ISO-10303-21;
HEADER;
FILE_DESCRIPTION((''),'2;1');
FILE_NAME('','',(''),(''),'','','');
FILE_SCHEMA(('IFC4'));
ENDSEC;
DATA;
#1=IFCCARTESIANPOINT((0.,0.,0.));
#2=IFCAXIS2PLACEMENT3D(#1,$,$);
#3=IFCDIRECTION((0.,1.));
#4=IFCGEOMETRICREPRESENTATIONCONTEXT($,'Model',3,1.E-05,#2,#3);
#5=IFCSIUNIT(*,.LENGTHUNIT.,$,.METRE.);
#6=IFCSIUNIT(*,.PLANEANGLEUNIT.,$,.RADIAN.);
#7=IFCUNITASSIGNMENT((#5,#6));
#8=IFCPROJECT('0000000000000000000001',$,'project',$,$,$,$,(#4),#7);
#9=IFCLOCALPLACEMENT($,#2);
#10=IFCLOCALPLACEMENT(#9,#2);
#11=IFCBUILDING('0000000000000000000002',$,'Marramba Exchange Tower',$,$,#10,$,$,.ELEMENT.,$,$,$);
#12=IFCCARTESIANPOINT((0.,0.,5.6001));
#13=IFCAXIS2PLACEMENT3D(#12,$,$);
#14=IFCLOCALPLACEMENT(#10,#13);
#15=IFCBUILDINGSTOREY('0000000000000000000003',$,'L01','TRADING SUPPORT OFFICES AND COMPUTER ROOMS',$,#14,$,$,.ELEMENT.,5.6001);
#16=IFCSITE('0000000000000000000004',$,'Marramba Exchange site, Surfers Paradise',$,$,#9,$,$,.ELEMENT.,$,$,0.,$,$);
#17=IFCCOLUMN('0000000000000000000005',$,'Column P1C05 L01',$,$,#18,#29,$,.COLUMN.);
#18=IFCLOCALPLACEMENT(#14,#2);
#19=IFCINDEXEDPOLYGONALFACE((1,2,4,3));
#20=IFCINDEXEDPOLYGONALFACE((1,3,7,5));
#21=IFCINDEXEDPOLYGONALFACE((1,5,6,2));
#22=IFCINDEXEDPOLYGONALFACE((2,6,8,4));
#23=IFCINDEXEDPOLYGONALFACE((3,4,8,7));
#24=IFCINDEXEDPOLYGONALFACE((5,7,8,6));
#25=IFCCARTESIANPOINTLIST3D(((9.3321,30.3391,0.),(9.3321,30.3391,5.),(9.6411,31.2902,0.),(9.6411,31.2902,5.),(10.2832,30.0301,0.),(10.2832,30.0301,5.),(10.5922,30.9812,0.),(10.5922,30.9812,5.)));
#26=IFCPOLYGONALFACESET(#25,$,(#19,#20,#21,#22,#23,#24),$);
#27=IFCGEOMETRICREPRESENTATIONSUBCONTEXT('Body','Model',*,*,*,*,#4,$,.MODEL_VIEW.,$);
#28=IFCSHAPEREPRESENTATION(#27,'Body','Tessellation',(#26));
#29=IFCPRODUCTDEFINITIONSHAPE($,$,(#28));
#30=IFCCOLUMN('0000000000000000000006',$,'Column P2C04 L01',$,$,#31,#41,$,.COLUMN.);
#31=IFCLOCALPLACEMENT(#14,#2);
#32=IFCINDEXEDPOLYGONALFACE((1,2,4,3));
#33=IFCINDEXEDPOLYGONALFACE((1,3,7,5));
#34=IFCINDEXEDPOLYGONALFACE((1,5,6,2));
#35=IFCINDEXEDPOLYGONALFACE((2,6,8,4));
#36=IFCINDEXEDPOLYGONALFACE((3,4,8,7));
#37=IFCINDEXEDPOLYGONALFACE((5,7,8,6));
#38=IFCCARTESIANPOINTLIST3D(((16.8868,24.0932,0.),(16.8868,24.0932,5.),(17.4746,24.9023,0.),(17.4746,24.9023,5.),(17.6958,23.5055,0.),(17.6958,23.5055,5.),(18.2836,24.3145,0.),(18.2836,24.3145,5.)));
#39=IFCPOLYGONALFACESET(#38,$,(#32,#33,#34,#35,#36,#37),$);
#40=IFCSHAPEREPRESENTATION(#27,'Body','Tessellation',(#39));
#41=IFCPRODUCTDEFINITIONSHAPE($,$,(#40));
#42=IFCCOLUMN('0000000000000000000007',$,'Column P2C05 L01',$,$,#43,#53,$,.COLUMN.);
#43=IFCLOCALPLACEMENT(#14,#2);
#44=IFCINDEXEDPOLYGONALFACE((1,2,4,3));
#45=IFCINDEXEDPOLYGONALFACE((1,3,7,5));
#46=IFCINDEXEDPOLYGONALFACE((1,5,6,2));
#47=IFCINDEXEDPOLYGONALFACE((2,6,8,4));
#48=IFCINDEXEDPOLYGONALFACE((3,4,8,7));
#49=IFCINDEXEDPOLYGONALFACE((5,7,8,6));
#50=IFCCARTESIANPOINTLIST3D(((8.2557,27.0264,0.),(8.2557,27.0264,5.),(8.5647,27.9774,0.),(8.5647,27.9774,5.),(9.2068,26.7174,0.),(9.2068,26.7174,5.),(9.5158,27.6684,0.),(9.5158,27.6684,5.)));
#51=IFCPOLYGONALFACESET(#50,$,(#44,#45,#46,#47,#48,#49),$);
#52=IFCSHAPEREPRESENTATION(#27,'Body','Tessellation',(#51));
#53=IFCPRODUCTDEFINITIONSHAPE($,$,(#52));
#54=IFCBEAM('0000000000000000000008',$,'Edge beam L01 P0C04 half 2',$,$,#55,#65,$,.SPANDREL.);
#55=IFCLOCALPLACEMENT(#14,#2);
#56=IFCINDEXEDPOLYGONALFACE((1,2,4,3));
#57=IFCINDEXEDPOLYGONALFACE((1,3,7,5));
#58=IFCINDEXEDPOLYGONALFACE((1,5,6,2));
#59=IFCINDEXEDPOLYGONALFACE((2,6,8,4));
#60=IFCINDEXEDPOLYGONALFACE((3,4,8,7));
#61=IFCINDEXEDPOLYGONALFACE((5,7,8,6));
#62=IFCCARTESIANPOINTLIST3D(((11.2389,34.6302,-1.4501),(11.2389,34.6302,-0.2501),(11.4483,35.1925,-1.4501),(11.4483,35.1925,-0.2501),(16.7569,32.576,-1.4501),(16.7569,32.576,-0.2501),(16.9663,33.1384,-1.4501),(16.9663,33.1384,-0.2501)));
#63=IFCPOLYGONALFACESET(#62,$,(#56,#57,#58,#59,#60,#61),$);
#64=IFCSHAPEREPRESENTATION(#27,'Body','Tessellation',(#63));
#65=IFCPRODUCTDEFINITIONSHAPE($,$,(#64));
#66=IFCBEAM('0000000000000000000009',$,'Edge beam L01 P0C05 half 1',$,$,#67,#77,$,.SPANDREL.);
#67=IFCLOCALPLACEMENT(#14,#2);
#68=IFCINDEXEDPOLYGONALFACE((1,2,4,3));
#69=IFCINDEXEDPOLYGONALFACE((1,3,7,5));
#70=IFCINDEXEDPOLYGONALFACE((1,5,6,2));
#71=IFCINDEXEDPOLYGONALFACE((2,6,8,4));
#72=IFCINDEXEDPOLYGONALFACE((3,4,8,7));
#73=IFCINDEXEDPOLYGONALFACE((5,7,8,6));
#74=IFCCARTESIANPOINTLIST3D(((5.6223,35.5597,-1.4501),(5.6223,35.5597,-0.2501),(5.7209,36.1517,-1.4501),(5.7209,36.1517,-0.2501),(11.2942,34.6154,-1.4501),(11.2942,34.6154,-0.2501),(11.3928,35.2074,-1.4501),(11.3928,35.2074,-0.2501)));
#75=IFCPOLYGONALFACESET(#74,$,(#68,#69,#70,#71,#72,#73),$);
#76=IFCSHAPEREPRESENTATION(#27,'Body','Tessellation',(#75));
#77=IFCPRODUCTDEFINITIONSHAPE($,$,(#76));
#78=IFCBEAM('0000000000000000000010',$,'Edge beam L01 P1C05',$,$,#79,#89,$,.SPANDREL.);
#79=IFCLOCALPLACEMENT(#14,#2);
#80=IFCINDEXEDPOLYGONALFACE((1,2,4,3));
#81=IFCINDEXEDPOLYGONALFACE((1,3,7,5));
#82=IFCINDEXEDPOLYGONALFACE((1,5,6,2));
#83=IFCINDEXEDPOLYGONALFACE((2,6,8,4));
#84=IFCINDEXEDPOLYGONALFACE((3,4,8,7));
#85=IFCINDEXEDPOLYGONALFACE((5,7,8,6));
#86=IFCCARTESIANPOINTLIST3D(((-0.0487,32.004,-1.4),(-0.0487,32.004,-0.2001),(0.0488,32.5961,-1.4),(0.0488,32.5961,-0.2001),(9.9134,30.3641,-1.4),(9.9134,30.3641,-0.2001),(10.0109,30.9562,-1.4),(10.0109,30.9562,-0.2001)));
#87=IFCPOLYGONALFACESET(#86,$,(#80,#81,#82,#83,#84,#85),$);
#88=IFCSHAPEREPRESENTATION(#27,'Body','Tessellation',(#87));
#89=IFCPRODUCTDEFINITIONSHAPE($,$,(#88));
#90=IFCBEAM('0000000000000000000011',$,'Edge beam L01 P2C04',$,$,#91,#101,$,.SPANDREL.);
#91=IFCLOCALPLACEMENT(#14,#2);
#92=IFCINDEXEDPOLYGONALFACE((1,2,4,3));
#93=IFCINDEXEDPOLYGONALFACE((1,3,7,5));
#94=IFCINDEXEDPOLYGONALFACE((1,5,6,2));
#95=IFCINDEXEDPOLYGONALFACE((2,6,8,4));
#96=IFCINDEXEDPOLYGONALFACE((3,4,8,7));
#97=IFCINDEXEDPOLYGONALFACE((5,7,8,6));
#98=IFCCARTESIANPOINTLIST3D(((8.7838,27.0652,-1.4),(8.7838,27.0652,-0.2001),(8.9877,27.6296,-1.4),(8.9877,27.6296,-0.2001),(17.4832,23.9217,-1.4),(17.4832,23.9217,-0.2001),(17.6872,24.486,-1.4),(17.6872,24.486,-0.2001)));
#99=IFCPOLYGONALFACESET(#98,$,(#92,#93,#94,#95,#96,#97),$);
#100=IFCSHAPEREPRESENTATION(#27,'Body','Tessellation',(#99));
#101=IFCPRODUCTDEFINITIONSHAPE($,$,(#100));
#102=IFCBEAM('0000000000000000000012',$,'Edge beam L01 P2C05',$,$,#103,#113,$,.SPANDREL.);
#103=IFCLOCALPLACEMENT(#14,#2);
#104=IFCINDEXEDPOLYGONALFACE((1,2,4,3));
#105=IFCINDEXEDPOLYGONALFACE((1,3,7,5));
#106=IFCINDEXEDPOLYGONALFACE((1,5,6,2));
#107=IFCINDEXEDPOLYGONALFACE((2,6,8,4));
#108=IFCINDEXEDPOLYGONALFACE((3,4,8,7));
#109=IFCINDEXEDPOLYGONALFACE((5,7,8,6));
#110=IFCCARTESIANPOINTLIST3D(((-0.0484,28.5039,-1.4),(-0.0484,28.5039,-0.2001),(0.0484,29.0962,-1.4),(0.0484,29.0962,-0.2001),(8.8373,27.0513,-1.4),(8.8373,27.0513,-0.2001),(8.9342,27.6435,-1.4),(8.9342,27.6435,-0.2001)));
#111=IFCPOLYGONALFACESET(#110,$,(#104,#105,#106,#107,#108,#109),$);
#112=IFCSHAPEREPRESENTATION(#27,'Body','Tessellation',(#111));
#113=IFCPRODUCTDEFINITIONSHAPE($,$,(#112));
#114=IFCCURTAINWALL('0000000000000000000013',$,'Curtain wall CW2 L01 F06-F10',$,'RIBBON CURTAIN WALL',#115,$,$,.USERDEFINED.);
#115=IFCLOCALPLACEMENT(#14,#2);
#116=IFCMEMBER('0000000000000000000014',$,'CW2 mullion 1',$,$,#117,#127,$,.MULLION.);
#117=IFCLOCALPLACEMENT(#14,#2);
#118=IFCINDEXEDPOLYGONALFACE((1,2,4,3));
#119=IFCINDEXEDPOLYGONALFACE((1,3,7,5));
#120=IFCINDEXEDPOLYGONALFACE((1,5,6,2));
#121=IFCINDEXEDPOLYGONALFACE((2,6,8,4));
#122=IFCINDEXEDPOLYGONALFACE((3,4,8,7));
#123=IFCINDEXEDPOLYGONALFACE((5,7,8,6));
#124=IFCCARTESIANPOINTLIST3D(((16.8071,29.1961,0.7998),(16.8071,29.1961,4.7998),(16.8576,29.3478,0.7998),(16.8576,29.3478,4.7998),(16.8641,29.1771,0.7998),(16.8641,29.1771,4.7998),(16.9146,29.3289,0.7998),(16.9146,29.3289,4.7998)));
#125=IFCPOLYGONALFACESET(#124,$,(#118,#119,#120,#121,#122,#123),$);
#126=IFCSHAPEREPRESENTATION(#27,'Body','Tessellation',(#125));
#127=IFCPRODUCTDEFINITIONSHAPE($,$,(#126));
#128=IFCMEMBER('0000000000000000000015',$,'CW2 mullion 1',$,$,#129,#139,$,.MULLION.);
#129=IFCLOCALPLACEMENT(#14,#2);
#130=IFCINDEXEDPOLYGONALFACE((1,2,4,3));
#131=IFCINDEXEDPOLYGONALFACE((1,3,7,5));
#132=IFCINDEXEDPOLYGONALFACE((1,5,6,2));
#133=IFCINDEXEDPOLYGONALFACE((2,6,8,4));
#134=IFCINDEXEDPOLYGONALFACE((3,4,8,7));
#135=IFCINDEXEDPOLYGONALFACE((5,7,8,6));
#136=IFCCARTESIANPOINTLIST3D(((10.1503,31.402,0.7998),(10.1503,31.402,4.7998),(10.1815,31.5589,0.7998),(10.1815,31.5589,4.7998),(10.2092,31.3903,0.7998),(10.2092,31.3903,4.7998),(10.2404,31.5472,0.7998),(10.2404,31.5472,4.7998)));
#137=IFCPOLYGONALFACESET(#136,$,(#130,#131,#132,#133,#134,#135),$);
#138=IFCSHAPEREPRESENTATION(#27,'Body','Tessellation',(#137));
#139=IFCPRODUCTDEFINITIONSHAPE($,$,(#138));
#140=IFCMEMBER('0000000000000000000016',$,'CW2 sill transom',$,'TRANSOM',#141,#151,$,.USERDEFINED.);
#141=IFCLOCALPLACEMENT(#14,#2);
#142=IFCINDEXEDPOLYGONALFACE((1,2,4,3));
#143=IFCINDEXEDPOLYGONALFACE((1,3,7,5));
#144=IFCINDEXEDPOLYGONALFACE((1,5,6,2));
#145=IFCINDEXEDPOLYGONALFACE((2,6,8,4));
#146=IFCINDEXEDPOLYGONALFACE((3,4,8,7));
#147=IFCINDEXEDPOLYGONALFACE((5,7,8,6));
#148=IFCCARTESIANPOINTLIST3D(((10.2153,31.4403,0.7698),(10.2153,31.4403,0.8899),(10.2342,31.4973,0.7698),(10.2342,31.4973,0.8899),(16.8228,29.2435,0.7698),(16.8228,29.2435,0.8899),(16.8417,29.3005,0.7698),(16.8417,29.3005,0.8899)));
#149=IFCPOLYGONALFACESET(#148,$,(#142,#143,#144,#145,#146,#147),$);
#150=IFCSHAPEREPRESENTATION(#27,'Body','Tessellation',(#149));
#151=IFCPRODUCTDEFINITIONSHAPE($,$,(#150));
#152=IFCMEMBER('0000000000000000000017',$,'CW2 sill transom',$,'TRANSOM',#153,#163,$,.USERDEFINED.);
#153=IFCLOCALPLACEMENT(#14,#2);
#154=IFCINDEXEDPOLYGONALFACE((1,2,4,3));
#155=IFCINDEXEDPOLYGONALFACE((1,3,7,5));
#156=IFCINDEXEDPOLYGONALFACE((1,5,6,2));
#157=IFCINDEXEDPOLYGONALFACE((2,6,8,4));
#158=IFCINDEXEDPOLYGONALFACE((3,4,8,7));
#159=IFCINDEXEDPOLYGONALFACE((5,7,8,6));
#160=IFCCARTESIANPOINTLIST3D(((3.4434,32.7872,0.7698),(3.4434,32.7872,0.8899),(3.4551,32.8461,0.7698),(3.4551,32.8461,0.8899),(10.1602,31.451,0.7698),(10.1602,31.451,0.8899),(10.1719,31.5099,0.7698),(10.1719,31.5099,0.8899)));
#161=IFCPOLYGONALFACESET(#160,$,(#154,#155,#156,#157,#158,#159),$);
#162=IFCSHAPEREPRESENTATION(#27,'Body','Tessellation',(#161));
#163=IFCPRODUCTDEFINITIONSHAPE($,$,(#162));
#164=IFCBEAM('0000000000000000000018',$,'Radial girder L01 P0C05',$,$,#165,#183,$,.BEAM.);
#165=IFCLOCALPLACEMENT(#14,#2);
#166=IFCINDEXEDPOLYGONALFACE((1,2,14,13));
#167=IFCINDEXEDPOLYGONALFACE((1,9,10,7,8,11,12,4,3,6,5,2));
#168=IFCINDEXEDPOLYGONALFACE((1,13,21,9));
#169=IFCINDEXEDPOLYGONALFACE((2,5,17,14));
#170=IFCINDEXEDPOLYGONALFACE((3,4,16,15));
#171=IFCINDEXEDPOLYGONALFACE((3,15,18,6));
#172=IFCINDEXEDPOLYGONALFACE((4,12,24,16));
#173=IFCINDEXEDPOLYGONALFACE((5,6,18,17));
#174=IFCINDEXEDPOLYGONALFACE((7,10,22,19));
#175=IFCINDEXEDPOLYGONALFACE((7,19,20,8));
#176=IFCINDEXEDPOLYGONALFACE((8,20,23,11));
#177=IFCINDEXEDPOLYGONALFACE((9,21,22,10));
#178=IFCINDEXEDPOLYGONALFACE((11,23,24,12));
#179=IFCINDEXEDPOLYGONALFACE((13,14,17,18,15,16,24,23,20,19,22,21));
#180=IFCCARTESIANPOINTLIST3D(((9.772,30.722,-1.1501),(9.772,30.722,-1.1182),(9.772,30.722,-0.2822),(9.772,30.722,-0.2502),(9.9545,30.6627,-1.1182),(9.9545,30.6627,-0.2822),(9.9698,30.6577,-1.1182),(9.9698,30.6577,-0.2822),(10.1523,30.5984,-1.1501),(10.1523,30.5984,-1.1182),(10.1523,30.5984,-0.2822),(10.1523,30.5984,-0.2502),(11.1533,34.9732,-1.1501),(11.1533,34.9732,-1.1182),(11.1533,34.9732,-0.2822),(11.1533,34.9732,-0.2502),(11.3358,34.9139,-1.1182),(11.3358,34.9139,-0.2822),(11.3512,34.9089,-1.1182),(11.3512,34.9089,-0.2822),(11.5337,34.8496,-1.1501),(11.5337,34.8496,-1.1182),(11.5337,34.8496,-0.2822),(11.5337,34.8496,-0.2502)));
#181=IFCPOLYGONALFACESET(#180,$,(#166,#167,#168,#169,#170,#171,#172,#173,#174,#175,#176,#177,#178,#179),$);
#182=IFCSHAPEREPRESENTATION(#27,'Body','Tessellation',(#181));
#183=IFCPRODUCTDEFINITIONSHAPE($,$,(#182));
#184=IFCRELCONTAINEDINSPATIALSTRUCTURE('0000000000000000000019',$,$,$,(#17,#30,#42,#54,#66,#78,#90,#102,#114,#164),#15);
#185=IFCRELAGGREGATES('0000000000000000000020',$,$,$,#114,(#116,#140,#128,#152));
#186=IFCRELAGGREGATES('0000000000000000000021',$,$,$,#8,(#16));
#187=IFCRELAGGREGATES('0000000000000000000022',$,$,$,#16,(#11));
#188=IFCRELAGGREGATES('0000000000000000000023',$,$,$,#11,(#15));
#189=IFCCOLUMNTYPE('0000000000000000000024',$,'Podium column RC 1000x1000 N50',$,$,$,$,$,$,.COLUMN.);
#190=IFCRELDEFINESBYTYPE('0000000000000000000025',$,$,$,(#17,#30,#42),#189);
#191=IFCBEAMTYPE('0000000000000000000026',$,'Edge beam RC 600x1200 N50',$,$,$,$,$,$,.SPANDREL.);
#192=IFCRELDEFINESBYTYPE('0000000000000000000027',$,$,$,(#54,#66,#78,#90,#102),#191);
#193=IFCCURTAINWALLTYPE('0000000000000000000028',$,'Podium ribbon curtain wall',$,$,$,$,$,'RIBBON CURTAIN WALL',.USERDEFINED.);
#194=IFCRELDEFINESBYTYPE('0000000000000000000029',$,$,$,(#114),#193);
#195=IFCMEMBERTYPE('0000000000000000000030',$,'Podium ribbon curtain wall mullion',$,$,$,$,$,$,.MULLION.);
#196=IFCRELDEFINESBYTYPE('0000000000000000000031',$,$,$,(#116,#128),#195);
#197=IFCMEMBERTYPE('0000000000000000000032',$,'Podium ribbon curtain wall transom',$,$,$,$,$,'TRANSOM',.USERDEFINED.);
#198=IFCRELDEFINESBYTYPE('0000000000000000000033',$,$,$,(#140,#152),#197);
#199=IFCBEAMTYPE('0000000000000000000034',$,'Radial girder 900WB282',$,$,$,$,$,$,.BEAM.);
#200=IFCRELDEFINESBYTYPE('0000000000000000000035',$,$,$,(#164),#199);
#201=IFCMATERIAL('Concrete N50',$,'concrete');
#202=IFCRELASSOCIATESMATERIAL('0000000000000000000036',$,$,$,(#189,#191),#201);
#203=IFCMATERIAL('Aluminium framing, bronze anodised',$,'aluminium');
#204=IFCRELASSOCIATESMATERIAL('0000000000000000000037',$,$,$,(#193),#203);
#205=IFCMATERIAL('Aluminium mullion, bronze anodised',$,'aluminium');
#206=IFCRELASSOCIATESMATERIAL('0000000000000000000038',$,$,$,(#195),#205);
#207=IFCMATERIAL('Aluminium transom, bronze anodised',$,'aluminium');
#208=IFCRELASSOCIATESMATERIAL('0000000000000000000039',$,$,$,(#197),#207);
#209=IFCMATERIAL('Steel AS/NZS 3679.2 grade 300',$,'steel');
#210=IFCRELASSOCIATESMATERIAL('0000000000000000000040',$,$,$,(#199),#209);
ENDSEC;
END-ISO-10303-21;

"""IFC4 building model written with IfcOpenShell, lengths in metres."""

from ifc_helpers import new_model, si_unit, direction, frame, origin, origin_2d, place, context, subcontext, project, spatial, rectangle, i_section, extrude, material, material_profile, profile_set, type_object, element, aggregate, save


model = new_model("IFC4")

# Units and contexts
model_context = context("Model", 3, precision=1e-05, world=origin(), true_north=direction((0.0, 1.0)))
body_context = subcontext(model_context, "Body", "Model", "MODEL_VIEW")
ifc_project = project(units=[si_unit("LENGTHUNIT", "METRE"), si_unit("PLANEANGLEUNIT", "RADIAN")], contexts=[model_context])

# Site, building, storey
site_placement = place(None, origin())
site = spatial("IfcSite", under=ifc_project, at=site_placement, Name="Marramba Exchange site, Surfers Paradise", CompositionType="ELEMENT", RefElevation=0.0)
building_placement = place(site_placement, origin())
building = spatial("IfcBuilding", under=site, at=building_placement, Name="Marramba Exchange Tower", CompositionType="ELEMENT")
storey_placement = place(building_placement, frame((0.0, 0.0, 5.6001)))
storey = spatial("IfcBuildingStorey", under=building, at=storey_placement, Name="L01", Description="TRADING SUPPORT OFFICES AND COMPUTER ROOMS", CompositionType="ELEMENT", Elevation=5.6001)

# Columns
ifc_material_1 = material(Name="Concrete N50", Category="concrete")
ifc_material_profile_1 = material_profile(ifc_material_1, rectangle(XDim=1.0, YDim=1.0, at=origin_2d()), Name="RC 1000x1000")
ifc_profile_set_1 = profile_set([ifc_material_profile_1], Name="Concrete N50")
column_type = type_object("IfcColumnType", Name="Podium column RC 1000x1000 N50", PredefinedType="COLUMN", material=ifc_profile_set_1)
for number, where, z_axis, x_axis, name in (
    (1, (9.9622, 30.6602, 0.0), (0.0, 0.0, 1.0), (0.309017, 0.951057, 0.0), "Column P1C05 L01"),
    (2, (17.5852, 24.2039, 0.0), (0.0, 0.0, 1.0), (0.587785, 0.809017, 0.0), "Column P2C04 L01"),
    (3, (8.8857, 27.3474, 0.0), (0.0, 0.0, 1.0), (0.309017, 0.951057, 0.0), "Column P2C05 L01"),
):
    element("IfcColumn", number, at=place(storey_placement, frame(where, z_axis=z_axis, x_axis=x_axis)), inside=storey, type_object=column_type, Name=name, PredefinedType="COLUMN", context=body_context, shape_type="SweptSolid", body=[
        extrude(rectangle(XDim=1.0, YDim=1.0, at=origin_2d()), origin(), (0.0, 0.0, 1.0), 5.0),
    ])

# Beams
ifc_material_profile_2 = material_profile(ifc_material_1, rectangle(XDim=0.6001, YDim=1.2, at=origin_2d()), Name="RC 600x1200")
ifc_profile_set_2 = profile_set([ifc_material_profile_2], Name="Concrete N50")
beam_type_1 = type_object("IfcBeamType", Name="Edge beam RC 600x1200 N50", PredefinedType="SPANDREL", material=ifc_profile_set_2)
beam_1_placement = place(storey_placement, frame((16.8616, 32.8572, -0.8501), z_axis=(-0.937168, 0.348878, 0.0), x_axis=(-0.348878, -0.937168, 0.0)))
element("IfcBeam", 4, at=beam_1_placement, inside=storey, type_object=beam_type_1, Name="Edge beam L01 P0C04 half 2", PredefinedType="SPANDREL", context=body_context, shape_type="SweptSolid", body=[
    extrude(rectangle(XDim=0.6001, YDim=1.2, at=origin_2d()), origin(), (0.0, 0.0, 1.0), 5.8879),
])
beam_2_placement = place(storey_placement, frame((11.3435, 34.9114, -0.8501), z_axis=(-0.986421, 0.164234, 0.0), x_axis=(-0.164234, -0.986421, 0.0)))
element("IfcBeam", 5, at=beam_2_placement, inside=storey, type_object=beam_type_1, Name="Edge beam L01 P0C05 half 1", PredefinedType="SPANDREL", context=body_context, shape_type="SweptSolid", body=[
    extrude(rectangle(XDim=0.6001, YDim=1.2, at=origin_2d()), origin(), (0.0, 0.0, 1.0), 5.75),
])
beam_3_placement = place(storey_placement, frame((9.9622, 30.6602, -0.8), z_axis=(-0.986721, 0.162426, 0.0), x_axis=(-0.162426, -0.986721, 0.0)))
element("IfcBeam", 6, at=beam_3_placement, inside=storey, type_object=beam_type_1, Name="Edge beam L01 P1C05", PredefinedType="SPANDREL", context=body_context, shape_type="SweptSolid", body=[
    extrude(rectangle(XDim=0.6001, YDim=1.2, at=origin_2d()), origin(), (0.0, 0.0, 1.0), 10.0962),
])
beam_4_placement = place(storey_placement, frame((17.5852, 24.2039, -0.8), z_axis=(-0.940482, 0.339844, 0.0), x_axis=(-0.339844, -0.940482, 0.0)))
element("IfcBeam", 7, at=beam_4_placement, inside=storey, type_object=beam_type_1, Name="Edge beam L01 P2C04", PredefinedType="SPANDREL", context=body_context, shape_type="SweptSolid", body=[
    extrude(rectangle(XDim=0.6001, YDim=1.2, at=origin_2d()), origin(), (0.0, 0.0, 1.0), 9.25),
])
beam_5_placement = place(storey_placement, frame((8.8857, 27.3474, -0.8), z_axis=(-0.986899, 0.161338, 0.0), x_axis=(-0.161338, -0.986899, 0.0)))
element("IfcBeam", 8, at=beam_5_placement, inside=storey, type_object=beam_type_1, Name="Edge beam L01 P2C05", PredefinedType="SPANDREL", context=body_context, shape_type="SweptSolid", body=[
    extrude(rectangle(XDim=0.6001, YDim=1.2, at=origin_2d()), origin(), (0.0, 0.0, 1.0), 9.0037),
])

# Curtain wall, members
ifc_material_2 = material(Name="Aluminium framing, bronze anodised", Category="aluminium")
curtain_wall_type = type_object("IfcCurtainWallType", Name="Podium ribbon curtain wall", ElementType="RIBBON CURTAIN WALL", PredefinedType="USERDEFINED", material=ifc_material_2)
curtain_wall_placement = place(storey_placement, origin())
curtain_wall = element("IfcCurtainWall", 9, at=curtain_wall_placement, inside=storey, type_object=curtain_wall_type, Name="Curtain wall CW2 L01 F06-F10", ObjectType="RIBBON CURTAIN WALL", PredefinedType="USERDEFINED")
ifc_material_3 = material(Name="Aluminium mullion, bronze anodised", Category="aluminium")
ifc_material_profile_3 = material_profile(ifc_material_3, rectangle(XDim=0.1599, YDim=0.0601, at=origin_2d()), Name="CW2 mullion 60x160")
ifc_profile_set_3 = profile_set([ifc_material_profile_3], Name="Aluminium mullion, bronze anodised")
member_type_1 = type_object("IfcMemberType", Name="Podium ribbon curtain wall mullion", PredefinedType="MULLION", material=ifc_profile_set_3)
member_1_placement = place(storey_placement, frame((16.8608, 29.2625, 0.7998), z_axis=(0.0, 0.0, 1.0), x_axis=(-0.315474, -0.948934, 0.0)))
member_1 = element("IfcMember", 10, at=member_1_placement, type_object=member_type_1, Name="CW2 mullion 1", PredefinedType="MULLION", context=body_context, shape_type="SweptSolid", body=[
    extrude(rectangle(XDim=0.1599, YDim=0.0601, at=origin_2d()), origin(), (0.0, 0.0, 1.0), 4.0),
])
member_2_placement = place(storey_placement, frame((10.1953, 31.4746, 0.7998), z_axis=(0.0, 0.0, 1.0), x_axis=(-0.19512, -0.980779, 0.0)))
member_2 = element("IfcMember", 11, at=member_2_placement, type_object=member_type_1, Name="CW2 mullion 1", PredefinedType="MULLION", context=body_context, shape_type="SweptSolid", body=[
    extrude(rectangle(XDim=0.1599, YDim=0.0601, at=origin_2d()), origin(), (0.0, 0.0, 1.0), 4.0),
])
ifc_material_4 = material(Name="Aluminium transom, bronze anodised", Category="aluminium")
ifc_material_profile_4 = material_profile(ifc_material_4, rectangle(XDim=0.0601, YDim=0.1201, at=origin_2d()), Name="CW2 transom 60x120")
ifc_profile_set_4 = profile_set([ifc_material_profile_4], Name="Aluminium transom, bronze anodised")
member_type_2 = type_object("IfcMemberType", Name="Podium ribbon curtain wall transom", ElementType="TRANSOM", PredefinedType="USERDEFINED", material=ifc_profile_set_4)
member_3_placement = place(storey_placement, frame((16.8323, 29.272, 0.8298), z_axis=(-0.948928, 0.315491, 0.0), x_axis=(-0.315491, -0.948928, 0.0)))
member_3 = element("IfcMember", 12, at=member_3_placement, type_object=member_type_2, Name="CW2 sill transom", ObjectType="TRANSOM", PredefinedType="USERDEFINED", context=body_context, shape_type="SweptSolid", body=[
    extrude(rectangle(XDim=0.0601, YDim=0.1201, at=origin_2d()), origin(), (0.0, 0.0, 1.0), 6.9631),
])
member_4_placement = place(storey_placement, frame((10.166, 31.4805, 0.8298), z_axis=(-0.980782, 0.195108, 0.0), x_axis=(-0.195108, -0.980782, 0.0)))
member_4 = element("IfcMember", 13, at=member_4_placement, type_object=member_type_2, Name="CW2 sill transom", ObjectType="TRANSOM", PredefinedType="USERDEFINED", context=body_context, shape_type="SweptSolid", body=[
    extrude(rectangle(XDim=0.0601, YDim=0.1201, at=origin_2d()), origin(), (0.0, 0.0, 1.0), 6.8484),
])

# Beam
ifc_material_5 = material(Name="Steel AS/NZS 3679.2 grade 300", Category="steel")
ifc_material_profile_5 = material_profile(ifc_material_5, i_section(OverallWidth=0.3999, OverallDepth=0.8999, WebThickness=0.0161, FlangeThickness=0.032, at=origin_2d()), Name="900WB282")
ifc_profile_set_5 = profile_set([ifc_material_profile_5], Name="Steel AS/NZS 3679.2 grade 300")
beam_type_2 = type_object("IfcBeamType", Name="Radial girder 900WB282", PredefinedType="BEAM", material=ifc_profile_set_5)
beam_6_placement = place(storey_placement, frame((11.3435, 34.9114, -0.7002), z_axis=(-0.309026, -0.951054, 0.0), x_axis=(0.951054, -0.309026, 0.0)))
element("IfcBeam", 14, at=beam_6_placement, inside=storey, type_object=beam_type_2, Name="Radial girder L01 P0C05", PredefinedType="BEAM", context=body_context, shape_type="SweptSolid", body=[
    extrude(i_section(OverallWidth=0.3999, OverallDepth=0.8999, WebThickness=0.0161, FlangeThickness=0.032, at=origin_2d()), origin(), (0.0, 0.0, 1.0), 4.47),
])

aggregate(curtain_wall, [member_1, member_3, member_2, member_4])

save(model, "model.ifc")
